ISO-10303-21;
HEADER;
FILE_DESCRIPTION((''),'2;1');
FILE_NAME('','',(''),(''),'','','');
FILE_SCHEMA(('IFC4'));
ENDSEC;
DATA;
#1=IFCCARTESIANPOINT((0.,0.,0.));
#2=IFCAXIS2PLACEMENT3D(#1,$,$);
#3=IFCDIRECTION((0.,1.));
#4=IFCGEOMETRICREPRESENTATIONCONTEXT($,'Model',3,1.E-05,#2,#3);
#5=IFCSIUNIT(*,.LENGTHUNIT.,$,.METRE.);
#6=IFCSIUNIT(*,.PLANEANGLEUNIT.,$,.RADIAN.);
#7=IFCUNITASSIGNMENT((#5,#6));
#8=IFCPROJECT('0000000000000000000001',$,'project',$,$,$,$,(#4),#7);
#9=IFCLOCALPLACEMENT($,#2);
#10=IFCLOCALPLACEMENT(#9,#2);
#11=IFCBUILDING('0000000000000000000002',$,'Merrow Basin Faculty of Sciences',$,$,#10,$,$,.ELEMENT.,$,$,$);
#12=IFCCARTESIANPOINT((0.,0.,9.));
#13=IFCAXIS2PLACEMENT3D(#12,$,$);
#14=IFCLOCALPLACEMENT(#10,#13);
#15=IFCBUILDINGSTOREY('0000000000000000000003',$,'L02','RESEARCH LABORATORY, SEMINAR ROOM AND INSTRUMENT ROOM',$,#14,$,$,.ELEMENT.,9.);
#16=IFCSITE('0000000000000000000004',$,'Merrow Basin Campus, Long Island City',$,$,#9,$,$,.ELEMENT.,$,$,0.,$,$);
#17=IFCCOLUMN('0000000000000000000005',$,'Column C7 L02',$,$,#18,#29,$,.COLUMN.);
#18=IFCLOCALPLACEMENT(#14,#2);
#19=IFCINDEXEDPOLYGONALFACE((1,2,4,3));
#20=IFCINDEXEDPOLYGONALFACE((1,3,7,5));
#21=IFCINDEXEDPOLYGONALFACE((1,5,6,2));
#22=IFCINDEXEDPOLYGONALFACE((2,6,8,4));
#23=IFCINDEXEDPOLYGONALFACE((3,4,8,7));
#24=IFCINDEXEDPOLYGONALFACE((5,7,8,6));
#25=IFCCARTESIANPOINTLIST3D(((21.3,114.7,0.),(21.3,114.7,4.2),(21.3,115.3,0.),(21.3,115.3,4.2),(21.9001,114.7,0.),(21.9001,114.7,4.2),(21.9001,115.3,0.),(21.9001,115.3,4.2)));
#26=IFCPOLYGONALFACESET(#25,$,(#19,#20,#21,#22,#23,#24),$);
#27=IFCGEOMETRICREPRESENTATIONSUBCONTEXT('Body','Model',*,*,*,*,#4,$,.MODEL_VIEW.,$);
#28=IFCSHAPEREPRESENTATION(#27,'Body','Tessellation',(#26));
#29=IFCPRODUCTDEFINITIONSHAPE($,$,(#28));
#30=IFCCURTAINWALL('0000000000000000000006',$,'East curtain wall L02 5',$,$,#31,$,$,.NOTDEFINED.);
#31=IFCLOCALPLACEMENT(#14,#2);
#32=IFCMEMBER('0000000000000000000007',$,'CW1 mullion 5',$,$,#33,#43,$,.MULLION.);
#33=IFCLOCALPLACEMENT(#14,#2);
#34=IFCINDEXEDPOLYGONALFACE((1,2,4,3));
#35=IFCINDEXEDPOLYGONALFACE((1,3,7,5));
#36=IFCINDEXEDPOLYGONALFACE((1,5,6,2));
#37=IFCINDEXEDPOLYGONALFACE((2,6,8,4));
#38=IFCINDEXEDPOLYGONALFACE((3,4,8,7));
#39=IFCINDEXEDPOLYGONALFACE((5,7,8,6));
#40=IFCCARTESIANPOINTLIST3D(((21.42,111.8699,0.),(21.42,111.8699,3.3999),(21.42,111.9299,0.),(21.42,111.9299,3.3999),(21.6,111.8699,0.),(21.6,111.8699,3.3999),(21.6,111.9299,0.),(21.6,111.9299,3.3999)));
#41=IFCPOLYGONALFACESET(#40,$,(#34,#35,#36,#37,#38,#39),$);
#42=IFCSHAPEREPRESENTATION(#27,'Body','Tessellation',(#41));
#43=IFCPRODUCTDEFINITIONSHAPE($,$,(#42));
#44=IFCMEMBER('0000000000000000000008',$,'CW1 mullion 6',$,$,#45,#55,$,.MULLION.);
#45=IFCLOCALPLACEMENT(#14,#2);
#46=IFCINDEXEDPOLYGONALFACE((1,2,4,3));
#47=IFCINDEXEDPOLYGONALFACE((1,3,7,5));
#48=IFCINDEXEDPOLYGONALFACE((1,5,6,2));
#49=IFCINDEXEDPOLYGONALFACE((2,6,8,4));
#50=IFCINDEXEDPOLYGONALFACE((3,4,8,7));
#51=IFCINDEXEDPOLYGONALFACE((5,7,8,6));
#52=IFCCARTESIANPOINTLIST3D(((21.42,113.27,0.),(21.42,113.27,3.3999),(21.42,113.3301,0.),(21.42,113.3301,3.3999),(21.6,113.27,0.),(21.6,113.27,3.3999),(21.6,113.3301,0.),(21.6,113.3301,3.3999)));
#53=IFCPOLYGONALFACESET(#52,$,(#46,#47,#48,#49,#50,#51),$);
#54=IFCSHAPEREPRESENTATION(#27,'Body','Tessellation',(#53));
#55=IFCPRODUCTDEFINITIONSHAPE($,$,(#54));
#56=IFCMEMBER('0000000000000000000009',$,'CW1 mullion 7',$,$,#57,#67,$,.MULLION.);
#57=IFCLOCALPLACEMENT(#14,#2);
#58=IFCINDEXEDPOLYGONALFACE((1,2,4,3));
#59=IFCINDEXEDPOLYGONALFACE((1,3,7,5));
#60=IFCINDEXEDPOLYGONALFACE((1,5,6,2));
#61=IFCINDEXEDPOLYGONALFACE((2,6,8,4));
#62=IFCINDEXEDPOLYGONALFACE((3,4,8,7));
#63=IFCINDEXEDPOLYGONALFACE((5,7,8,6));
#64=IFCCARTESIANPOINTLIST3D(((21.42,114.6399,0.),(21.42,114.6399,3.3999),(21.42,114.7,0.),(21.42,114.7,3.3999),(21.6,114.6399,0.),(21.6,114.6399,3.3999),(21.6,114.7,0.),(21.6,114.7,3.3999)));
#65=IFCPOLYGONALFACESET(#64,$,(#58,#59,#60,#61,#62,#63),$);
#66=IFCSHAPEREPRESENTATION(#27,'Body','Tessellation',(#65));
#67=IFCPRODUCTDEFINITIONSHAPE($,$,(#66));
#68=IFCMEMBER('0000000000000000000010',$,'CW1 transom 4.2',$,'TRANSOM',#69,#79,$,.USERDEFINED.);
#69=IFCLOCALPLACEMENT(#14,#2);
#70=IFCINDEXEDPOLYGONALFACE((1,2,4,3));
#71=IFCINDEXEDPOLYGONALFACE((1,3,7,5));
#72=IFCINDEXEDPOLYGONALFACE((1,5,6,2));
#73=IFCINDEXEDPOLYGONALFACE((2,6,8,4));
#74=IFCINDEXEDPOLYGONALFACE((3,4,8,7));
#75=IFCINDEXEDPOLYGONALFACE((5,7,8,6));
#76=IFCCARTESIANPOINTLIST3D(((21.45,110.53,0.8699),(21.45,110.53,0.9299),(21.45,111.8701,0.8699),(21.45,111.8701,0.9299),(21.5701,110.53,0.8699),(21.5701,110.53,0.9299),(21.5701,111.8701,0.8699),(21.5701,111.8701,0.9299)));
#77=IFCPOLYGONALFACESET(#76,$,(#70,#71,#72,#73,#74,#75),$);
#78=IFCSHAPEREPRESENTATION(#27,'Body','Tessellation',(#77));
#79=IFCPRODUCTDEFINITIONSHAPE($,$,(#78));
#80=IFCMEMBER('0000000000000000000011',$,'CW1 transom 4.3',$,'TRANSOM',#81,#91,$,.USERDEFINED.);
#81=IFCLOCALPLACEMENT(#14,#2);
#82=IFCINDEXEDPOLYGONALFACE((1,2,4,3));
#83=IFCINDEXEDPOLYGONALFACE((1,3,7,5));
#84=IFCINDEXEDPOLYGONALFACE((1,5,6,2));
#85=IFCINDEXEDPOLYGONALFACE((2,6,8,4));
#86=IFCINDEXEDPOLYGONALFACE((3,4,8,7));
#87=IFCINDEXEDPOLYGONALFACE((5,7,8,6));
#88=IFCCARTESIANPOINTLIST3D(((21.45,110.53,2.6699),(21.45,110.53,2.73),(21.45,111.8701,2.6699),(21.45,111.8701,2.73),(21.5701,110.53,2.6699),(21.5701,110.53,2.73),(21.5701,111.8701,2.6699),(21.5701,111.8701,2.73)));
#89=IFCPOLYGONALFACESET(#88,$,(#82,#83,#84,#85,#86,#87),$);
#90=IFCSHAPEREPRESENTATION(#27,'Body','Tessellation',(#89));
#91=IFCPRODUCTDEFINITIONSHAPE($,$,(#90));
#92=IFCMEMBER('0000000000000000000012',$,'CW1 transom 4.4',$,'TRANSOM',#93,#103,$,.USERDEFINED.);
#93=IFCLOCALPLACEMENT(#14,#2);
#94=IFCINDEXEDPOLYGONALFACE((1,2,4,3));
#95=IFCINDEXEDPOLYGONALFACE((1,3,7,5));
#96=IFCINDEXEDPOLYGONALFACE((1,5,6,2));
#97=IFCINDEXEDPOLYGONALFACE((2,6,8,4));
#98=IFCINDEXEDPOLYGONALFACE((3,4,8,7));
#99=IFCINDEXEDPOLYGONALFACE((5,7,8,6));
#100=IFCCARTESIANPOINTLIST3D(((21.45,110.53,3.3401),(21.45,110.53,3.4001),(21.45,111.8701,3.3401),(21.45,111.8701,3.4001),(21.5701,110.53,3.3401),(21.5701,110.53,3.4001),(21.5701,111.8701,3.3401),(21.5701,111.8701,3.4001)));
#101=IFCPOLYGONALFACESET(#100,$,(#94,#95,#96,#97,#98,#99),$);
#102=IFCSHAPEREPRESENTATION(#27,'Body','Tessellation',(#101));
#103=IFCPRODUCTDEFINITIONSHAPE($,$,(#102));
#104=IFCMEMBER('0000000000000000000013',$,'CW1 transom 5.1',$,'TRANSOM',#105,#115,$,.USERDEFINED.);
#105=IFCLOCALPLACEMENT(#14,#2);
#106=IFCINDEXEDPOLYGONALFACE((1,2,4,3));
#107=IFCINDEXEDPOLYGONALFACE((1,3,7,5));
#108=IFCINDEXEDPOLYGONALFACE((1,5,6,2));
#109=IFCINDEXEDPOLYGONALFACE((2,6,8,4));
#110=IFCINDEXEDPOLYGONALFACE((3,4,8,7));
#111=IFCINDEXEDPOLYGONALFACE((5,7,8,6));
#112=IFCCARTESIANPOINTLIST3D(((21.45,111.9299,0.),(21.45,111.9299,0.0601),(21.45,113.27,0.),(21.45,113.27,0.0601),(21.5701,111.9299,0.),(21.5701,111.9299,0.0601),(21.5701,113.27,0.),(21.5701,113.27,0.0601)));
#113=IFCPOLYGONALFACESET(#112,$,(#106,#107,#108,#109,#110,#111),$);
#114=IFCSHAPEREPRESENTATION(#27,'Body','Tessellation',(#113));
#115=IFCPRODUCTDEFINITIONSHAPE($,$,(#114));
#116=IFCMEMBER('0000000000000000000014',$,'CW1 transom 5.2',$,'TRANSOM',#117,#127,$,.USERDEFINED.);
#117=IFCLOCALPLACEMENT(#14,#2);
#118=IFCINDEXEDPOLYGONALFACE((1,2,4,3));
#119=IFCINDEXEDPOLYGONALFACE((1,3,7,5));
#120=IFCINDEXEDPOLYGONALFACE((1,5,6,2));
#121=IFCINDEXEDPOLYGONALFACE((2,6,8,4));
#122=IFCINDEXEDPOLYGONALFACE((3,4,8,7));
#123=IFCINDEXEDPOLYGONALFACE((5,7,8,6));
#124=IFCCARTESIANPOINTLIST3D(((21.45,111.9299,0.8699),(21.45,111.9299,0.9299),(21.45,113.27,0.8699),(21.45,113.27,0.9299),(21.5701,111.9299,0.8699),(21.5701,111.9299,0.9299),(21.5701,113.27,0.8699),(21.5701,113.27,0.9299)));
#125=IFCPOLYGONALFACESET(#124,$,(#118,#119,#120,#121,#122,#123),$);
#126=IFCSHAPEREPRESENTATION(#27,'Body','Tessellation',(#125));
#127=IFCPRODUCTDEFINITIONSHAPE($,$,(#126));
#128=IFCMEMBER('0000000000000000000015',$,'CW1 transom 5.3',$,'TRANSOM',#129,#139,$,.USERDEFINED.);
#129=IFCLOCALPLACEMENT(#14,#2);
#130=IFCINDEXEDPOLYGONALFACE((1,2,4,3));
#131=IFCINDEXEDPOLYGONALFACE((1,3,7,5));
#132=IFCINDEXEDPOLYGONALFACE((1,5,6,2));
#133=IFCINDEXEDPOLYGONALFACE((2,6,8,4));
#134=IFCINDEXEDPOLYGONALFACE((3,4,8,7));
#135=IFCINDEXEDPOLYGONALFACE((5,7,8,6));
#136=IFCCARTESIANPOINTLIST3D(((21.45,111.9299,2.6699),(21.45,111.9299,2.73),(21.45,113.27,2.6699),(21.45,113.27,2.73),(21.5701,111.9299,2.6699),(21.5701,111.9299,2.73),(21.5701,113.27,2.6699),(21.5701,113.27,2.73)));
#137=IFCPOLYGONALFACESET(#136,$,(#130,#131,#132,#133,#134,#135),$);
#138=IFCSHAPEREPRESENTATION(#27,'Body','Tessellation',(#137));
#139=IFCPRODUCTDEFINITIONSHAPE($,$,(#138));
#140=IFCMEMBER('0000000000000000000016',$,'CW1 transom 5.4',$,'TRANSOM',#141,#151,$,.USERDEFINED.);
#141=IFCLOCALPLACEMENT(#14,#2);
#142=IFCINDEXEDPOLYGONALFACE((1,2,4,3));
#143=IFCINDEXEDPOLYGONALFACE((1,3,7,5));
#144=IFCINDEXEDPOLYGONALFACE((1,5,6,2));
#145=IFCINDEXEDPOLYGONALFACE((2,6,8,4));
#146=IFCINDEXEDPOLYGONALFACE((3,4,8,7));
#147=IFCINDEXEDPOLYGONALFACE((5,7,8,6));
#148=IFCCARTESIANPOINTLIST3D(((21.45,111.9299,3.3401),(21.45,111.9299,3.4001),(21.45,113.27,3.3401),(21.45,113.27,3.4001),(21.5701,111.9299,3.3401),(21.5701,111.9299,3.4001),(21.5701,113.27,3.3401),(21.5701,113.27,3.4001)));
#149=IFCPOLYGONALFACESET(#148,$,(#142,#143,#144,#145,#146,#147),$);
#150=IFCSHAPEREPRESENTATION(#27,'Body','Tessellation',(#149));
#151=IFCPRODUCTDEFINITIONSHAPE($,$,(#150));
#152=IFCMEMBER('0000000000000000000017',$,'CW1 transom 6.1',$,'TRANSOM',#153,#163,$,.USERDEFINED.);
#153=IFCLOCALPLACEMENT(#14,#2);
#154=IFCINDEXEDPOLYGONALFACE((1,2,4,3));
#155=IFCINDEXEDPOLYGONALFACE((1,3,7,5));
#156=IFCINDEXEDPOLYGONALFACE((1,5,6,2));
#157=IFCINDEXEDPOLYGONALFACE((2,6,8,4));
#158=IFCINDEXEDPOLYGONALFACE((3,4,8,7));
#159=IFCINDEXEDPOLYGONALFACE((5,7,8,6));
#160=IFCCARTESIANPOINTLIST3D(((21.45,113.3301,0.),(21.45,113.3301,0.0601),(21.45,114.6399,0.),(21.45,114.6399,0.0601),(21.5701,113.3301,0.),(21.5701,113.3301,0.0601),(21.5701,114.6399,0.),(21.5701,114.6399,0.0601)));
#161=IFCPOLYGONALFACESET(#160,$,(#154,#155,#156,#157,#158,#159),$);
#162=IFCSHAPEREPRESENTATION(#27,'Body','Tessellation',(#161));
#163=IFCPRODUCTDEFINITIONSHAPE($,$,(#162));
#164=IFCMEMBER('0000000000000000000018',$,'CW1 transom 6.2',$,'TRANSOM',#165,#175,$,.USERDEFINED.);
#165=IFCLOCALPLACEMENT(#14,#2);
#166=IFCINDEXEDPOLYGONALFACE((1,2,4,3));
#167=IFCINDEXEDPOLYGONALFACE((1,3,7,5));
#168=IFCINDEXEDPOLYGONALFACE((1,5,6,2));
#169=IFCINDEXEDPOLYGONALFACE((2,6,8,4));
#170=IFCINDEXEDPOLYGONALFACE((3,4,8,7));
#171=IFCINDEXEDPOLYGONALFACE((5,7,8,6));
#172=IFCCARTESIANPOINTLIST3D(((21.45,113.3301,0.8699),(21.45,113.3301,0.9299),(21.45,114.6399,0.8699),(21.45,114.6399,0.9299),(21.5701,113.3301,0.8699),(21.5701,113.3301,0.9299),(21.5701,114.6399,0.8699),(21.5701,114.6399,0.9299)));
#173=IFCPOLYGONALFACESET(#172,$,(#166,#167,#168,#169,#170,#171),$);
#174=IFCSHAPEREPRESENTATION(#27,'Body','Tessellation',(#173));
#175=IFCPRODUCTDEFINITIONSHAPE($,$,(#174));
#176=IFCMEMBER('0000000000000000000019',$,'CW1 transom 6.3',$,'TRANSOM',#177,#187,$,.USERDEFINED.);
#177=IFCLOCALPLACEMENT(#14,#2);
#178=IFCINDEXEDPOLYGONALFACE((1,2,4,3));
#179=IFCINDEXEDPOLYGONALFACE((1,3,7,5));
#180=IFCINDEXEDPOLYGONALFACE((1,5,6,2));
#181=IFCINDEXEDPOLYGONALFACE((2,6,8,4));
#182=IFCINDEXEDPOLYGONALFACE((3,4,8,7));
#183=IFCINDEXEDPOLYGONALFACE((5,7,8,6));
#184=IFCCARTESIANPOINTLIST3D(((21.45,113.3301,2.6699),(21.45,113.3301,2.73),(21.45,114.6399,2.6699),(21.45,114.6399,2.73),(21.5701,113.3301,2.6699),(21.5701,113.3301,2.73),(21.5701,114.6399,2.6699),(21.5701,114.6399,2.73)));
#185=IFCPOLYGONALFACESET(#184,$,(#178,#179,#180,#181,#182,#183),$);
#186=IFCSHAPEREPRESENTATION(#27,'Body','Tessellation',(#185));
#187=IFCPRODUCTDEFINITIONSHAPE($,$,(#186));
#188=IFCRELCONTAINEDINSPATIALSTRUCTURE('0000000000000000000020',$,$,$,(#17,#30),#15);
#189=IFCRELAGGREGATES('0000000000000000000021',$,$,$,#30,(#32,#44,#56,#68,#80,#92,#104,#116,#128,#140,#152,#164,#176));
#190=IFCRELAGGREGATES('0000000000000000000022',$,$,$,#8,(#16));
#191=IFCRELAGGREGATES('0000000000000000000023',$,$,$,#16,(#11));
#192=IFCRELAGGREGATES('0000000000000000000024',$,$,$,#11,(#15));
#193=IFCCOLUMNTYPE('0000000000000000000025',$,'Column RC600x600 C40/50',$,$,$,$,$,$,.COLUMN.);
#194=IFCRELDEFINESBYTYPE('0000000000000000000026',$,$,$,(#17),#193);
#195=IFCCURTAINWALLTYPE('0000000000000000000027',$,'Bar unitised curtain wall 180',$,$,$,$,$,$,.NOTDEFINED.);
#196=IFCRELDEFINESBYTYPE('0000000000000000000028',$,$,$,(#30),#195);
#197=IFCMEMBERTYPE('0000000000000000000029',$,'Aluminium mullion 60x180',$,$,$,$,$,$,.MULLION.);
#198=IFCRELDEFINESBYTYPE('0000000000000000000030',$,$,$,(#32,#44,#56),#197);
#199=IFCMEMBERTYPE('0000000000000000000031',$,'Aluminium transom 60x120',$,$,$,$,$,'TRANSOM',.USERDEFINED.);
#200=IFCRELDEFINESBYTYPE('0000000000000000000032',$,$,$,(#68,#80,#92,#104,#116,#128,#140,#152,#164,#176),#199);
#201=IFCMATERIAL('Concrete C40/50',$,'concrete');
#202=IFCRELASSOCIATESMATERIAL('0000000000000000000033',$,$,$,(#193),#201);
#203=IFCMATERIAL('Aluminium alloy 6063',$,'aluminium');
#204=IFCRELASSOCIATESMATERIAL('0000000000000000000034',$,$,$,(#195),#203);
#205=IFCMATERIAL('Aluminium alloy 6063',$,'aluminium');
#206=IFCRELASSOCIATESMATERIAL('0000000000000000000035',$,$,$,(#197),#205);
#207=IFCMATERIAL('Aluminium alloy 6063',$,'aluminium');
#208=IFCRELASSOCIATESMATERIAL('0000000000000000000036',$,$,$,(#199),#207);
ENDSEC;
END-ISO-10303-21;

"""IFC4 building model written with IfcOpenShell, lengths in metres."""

from ifc_helpers import new_model, si_unit, direction, frame, origin, origin_2d, place, context, subcontext, project, spatial, rectangle, extrude, material, material_profile, profile_set, type_object, element, aggregate, save


model = new_model("IFC4")

# Units and contexts
model_context = context("Model", 3, precision=1e-05, world=origin(), true_north=direction((0.0, 1.0)))
body_context = subcontext(model_context, "Body", "Model", "MODEL_VIEW")
ifc_project = project(units=[si_unit("LENGTHUNIT", "METRE"), si_unit("PLANEANGLEUNIT", "RADIAN")], contexts=[model_context])

# Site, building, storey
site_placement = place(None, origin())
site = spatial("IfcSite", under=ifc_project, at=site_placement, Name="Merrow Basin Campus, Long Island City", CompositionType="ELEMENT", RefElevation=0.0)
building_placement = place(site_placement, origin())
building = spatial("IfcBuilding", under=site, at=building_placement, Name="Merrow Basin Faculty of Sciences", CompositionType="ELEMENT")
storey_placement = place(building_placement, frame((0.0, 0.0, 9.0)))
storey = spatial("IfcBuildingStorey", under=building, at=storey_placement, Name="L02", Description="RESEARCH LABORATORY, SEMINAR ROOM AND INSTRUMENT ROOM", CompositionType="ELEMENT", Elevation=9.0)

# Column
ifc_material_1 = material(Name="Concrete C40/50", Category="concrete")
ifc_material_profile_1 = material_profile(ifc_material_1, rectangle(XDim=0.6001, YDim=0.6001, at=origin_2d()))
ifc_profile_set_1 = profile_set([ifc_material_profile_1], Name="Concrete C40/50")
column_type = type_object("IfcColumnType", Name="Column RC600x600 C40/50", PredefinedType="COLUMN", material=ifc_profile_set_1)
column_placement = place(storey_placement, frame((21.6001, 115.0, 0.0), z_axis=(0.0, 0.0, 1.0), x_axis=(1.0, 0.0, 0.0)))
element("IfcColumn", 1, at=column_placement, inside=storey, type_object=column_type, Name="Column C7 L02", PredefinedType="COLUMN", context=body_context, shape_type="SweptSolid", body=[
    extrude(rectangle(XDim=0.6001, YDim=0.6001, at=origin_2d()), origin(), (0.0, 0.0, 1.0), 4.2),
])

# Curtain wall, members
ifc_material_2 = material(Name="Aluminium alloy 6063", Category="aluminium")
curtain_wall_type = type_object("IfcCurtainWallType", Name="Bar unitised curtain wall 180", PredefinedType="NOTDEFINED", material=ifc_material_2)
curtain_wall_placement = place(storey_placement, origin())
curtain_wall = element("IfcCurtainWall", 2, at=curtain_wall_placement, inside=storey, type_object=curtain_wall_type, Name="East curtain wall L02 5", PredefinedType="NOTDEFINED")
ifc_material_3 = material(Name="Aluminium alloy 6063", Category="aluminium")
ifc_material_profile_2 = material_profile(ifc_material_3, rectangle(XDim=0.1799, YDim=0.0601, at=origin_2d()))
ifc_profile_set_2 = profile_set([ifc_material_profile_2], Name="Aluminium alloy 6063")
member_type_1 = type_object("IfcMemberType", Name="Aluminium mullion 60x180", PredefinedType="MULLION", material=ifc_profile_set_2)
member_1_placement = place(storey_placement, frame((21.51, 111.8999, 0.0), z_axis=(0.0, 0.0, 1.0), x_axis=(-1.0, 0.0, 0.0)))
member_1 = element("IfcMember", 3, at=member_1_placement, type_object=member_type_1, Name="CW1 mullion 5", PredefinedType="MULLION", context=body_context, shape_type="SweptSolid", body=[
    extrude(rectangle(XDim=0.1799, YDim=0.0601, at=origin_2d()), origin(), (0.0, 0.0, 1.0), 3.3999),
])
member_2_placement = place(storey_placement, frame((21.51, 113.3, 0.0), z_axis=(0.0, 0.0, 1.0), x_axis=(-1.0, 0.0, 0.0)))
member_2 = element("IfcMember", 4, at=member_2_placement, type_object=member_type_1, Name="CW1 mullion 6", PredefinedType="MULLION", context=body_context, shape_type="SweptSolid", body=[
    extrude(rectangle(XDim=0.1799, YDim=0.0601, at=origin_2d()), origin(), (0.0, 0.0, 1.0), 3.3999),
])
member_3_placement = place(storey_placement, frame((21.51, 114.6699, 0.0), z_axis=(0.0, 0.0, 1.0), x_axis=(-1.0, 0.0, 0.0)))
member_3 = element("IfcMember", 5, at=member_3_placement, type_object=member_type_1, Name="CW1 mullion 7", PredefinedType="MULLION", context=body_context, shape_type="SweptSolid", body=[
    extrude(rectangle(XDim=0.1799, YDim=0.0601, at=origin_2d()), origin(), (0.0, 0.0, 1.0), 3.3999),
])
ifc_material_4 = material(Name="Aluminium alloy 6063", Category="aluminium")
ifc_material_profile_3 = material_profile(ifc_material_4, rectangle(XDim=0.1201, YDim=0.0601, at=origin_2d()))
ifc_profile_set_3 = profile_set([ifc_material_profile_3], Name="Aluminium alloy 6063")
member_type_2 = type_object("IfcMemberType", Name="Aluminium transom 60x120", ElementType="TRANSOM", PredefinedType="USERDEFINED", material=ifc_profile_set_3)
member_4_placement = place(storey_placement, frame((21.51, 110.53, 0.8999), z_axis=(0.0, 1.0, 0.0), x_axis=(-1.0, 0.0, 0.0)))
member_4 = element("IfcMember", 6, at=member_4_placement, type_object=member_type_2, Name="CW1 transom 4.2", ObjectType="TRANSOM", PredefinedType="USERDEFINED", context=body_context, shape_type="SweptSolid", body=[
    extrude(rectangle(XDim=0.1201, YDim=0.0601, at=origin_2d()), origin(), (0.0, 0.0, 1.0), 1.3401),
])
member_5_placement = place(storey_placement, frame((21.51, 110.53, 2.7), z_axis=(0.0, 1.0, 0.0), x_axis=(-1.0, 0.0, 0.0)))
member_5 = element("IfcMember", 7, at=member_5_placement, type_object=member_type_2, Name="CW1 transom 4.3", ObjectType="TRANSOM", PredefinedType="USERDEFINED", context=body_context, shape_type="SweptSolid", body=[
    extrude(rectangle(XDim=0.1201, YDim=0.0601, at=origin_2d()), origin(), (0.0, 0.0, 1.0), 1.3401),
])
member_6_placement = place(storey_placement, frame((21.51, 110.53, 3.3701), z_axis=(0.0, 1.0, 0.0), x_axis=(-1.0, 0.0, 0.0)))
member_6 = element("IfcMember", 8, at=member_6_placement, type_object=member_type_2, Name="CW1 transom 4.4", ObjectType="TRANSOM", PredefinedType="USERDEFINED", context=body_context, shape_type="SweptSolid", body=[
    extrude(rectangle(XDim=0.1201, YDim=0.0601, at=origin_2d()), origin(), (0.0, 0.0, 1.0), 1.3401),
])
member_7_placement = place(storey_placement, frame((21.51, 111.9299, 0.03), z_axis=(0.0, 1.0, 0.0), x_axis=(-1.0, 0.0, 0.0)))
member_7 = element("IfcMember", 9, at=member_7_placement, type_object=member_type_2, Name="CW1 transom 5.1", ObjectType="TRANSOM", PredefinedType="USERDEFINED", context=body_context, shape_type="SweptSolid", body=[
    extrude(rectangle(XDim=0.1201, YDim=0.0601, at=origin_2d()), origin(), (0.0, 0.0, 1.0), 1.3401),
])
member_8_placement = place(storey_placement, frame((21.51, 111.9299, 0.8999), z_axis=(0.0, 1.0, 0.0), x_axis=(-1.0, 0.0, 0.0)))
member_8 = element("IfcMember", 10, at=member_8_placement, type_object=member_type_2, Name="CW1 transom 5.2", ObjectType="TRANSOM", PredefinedType="USERDEFINED", context=body_context, shape_type="SweptSolid", body=[
    extrude(rectangle(XDim=0.1201, YDim=0.0601, at=origin_2d()), origin(), (0.0, 0.0, 1.0), 1.3401),
])
member_9_placement = place(storey_placement, frame((21.51, 111.9299, 2.7), z_axis=(0.0, 1.0, 0.0), x_axis=(-1.0, 0.0, 0.0)))
member_9 = element("IfcMember", 11, at=member_9_placement, type_object=member_type_2, Name="CW1 transom 5.3", ObjectType="TRANSOM", PredefinedType="USERDEFINED", context=body_context, shape_type="SweptSolid", body=[
    extrude(rectangle(XDim=0.1201, YDim=0.0601, at=origin_2d()), origin(), (0.0, 0.0, 1.0), 1.3401),
])
member_10_placement = place(storey_placement, frame((21.51, 111.9299, 3.3701), z_axis=(0.0, 1.0, 0.0), x_axis=(-1.0, 0.0, 0.0)))
member_10 = element("IfcMember", 12, at=member_10_placement, type_object=member_type_2, Name="CW1 transom 5.4", ObjectType="TRANSOM", PredefinedType="USERDEFINED", context=body_context, shape_type="SweptSolid", body=[
    extrude(rectangle(XDim=0.1201, YDim=0.0601, at=origin_2d()), origin(), (0.0, 0.0, 1.0), 1.3401),
])
member_11_placement = place(storey_placement, frame((21.51, 113.3301, 0.03), z_axis=(0.0, 1.0, 0.0), x_axis=(-1.0, 0.0, 0.0)))
member_11 = element("IfcMember", 13, at=member_11_placement, type_object=member_type_2, Name="CW1 transom 6.1", ObjectType="TRANSOM", PredefinedType="USERDEFINED", context=body_context, shape_type="SweptSolid", body=[
    extrude(rectangle(XDim=0.1201, YDim=0.0601, at=origin_2d()), origin(), (0.0, 0.0, 1.0), 1.3098),
])
member_12_placement = place(storey_placement, frame((21.51, 113.3301, 0.8999), z_axis=(0.0, 1.0, 0.0), x_axis=(-1.0, 0.0, 0.0)))
member_12 = element("IfcMember", 14, at=member_12_placement, type_object=member_type_2, Name="CW1 transom 6.2", ObjectType="TRANSOM", PredefinedType="USERDEFINED", context=body_context, shape_type="SweptSolid", body=[
    extrude(rectangle(XDim=0.1201, YDim=0.0601, at=origin_2d()), origin(), (0.0, 0.0, 1.0), 1.3098),
])
member_13_placement = place(storey_placement, frame((21.51, 113.3301, 2.7), z_axis=(0.0, 1.0, 0.0), x_axis=(-1.0, 0.0, 0.0)))
member_13 = element("IfcMember", 15, at=member_13_placement, type_object=member_type_2, Name="CW1 transom 6.3", ObjectType="TRANSOM", PredefinedType="USERDEFINED", context=body_context, shape_type="SweptSolid", body=[
    extrude(rectangle(XDim=0.1201, YDim=0.0601, at=origin_2d()), origin(), (0.0, 0.0, 1.0), 1.3098),
])
aggregate(curtain_wall, [member_1, member_2, member_3, member_4, member_5, member_6, member_7, member_8, member_9, member_10, member_11, member_12, member_13])

save(model, "model.ifc")
